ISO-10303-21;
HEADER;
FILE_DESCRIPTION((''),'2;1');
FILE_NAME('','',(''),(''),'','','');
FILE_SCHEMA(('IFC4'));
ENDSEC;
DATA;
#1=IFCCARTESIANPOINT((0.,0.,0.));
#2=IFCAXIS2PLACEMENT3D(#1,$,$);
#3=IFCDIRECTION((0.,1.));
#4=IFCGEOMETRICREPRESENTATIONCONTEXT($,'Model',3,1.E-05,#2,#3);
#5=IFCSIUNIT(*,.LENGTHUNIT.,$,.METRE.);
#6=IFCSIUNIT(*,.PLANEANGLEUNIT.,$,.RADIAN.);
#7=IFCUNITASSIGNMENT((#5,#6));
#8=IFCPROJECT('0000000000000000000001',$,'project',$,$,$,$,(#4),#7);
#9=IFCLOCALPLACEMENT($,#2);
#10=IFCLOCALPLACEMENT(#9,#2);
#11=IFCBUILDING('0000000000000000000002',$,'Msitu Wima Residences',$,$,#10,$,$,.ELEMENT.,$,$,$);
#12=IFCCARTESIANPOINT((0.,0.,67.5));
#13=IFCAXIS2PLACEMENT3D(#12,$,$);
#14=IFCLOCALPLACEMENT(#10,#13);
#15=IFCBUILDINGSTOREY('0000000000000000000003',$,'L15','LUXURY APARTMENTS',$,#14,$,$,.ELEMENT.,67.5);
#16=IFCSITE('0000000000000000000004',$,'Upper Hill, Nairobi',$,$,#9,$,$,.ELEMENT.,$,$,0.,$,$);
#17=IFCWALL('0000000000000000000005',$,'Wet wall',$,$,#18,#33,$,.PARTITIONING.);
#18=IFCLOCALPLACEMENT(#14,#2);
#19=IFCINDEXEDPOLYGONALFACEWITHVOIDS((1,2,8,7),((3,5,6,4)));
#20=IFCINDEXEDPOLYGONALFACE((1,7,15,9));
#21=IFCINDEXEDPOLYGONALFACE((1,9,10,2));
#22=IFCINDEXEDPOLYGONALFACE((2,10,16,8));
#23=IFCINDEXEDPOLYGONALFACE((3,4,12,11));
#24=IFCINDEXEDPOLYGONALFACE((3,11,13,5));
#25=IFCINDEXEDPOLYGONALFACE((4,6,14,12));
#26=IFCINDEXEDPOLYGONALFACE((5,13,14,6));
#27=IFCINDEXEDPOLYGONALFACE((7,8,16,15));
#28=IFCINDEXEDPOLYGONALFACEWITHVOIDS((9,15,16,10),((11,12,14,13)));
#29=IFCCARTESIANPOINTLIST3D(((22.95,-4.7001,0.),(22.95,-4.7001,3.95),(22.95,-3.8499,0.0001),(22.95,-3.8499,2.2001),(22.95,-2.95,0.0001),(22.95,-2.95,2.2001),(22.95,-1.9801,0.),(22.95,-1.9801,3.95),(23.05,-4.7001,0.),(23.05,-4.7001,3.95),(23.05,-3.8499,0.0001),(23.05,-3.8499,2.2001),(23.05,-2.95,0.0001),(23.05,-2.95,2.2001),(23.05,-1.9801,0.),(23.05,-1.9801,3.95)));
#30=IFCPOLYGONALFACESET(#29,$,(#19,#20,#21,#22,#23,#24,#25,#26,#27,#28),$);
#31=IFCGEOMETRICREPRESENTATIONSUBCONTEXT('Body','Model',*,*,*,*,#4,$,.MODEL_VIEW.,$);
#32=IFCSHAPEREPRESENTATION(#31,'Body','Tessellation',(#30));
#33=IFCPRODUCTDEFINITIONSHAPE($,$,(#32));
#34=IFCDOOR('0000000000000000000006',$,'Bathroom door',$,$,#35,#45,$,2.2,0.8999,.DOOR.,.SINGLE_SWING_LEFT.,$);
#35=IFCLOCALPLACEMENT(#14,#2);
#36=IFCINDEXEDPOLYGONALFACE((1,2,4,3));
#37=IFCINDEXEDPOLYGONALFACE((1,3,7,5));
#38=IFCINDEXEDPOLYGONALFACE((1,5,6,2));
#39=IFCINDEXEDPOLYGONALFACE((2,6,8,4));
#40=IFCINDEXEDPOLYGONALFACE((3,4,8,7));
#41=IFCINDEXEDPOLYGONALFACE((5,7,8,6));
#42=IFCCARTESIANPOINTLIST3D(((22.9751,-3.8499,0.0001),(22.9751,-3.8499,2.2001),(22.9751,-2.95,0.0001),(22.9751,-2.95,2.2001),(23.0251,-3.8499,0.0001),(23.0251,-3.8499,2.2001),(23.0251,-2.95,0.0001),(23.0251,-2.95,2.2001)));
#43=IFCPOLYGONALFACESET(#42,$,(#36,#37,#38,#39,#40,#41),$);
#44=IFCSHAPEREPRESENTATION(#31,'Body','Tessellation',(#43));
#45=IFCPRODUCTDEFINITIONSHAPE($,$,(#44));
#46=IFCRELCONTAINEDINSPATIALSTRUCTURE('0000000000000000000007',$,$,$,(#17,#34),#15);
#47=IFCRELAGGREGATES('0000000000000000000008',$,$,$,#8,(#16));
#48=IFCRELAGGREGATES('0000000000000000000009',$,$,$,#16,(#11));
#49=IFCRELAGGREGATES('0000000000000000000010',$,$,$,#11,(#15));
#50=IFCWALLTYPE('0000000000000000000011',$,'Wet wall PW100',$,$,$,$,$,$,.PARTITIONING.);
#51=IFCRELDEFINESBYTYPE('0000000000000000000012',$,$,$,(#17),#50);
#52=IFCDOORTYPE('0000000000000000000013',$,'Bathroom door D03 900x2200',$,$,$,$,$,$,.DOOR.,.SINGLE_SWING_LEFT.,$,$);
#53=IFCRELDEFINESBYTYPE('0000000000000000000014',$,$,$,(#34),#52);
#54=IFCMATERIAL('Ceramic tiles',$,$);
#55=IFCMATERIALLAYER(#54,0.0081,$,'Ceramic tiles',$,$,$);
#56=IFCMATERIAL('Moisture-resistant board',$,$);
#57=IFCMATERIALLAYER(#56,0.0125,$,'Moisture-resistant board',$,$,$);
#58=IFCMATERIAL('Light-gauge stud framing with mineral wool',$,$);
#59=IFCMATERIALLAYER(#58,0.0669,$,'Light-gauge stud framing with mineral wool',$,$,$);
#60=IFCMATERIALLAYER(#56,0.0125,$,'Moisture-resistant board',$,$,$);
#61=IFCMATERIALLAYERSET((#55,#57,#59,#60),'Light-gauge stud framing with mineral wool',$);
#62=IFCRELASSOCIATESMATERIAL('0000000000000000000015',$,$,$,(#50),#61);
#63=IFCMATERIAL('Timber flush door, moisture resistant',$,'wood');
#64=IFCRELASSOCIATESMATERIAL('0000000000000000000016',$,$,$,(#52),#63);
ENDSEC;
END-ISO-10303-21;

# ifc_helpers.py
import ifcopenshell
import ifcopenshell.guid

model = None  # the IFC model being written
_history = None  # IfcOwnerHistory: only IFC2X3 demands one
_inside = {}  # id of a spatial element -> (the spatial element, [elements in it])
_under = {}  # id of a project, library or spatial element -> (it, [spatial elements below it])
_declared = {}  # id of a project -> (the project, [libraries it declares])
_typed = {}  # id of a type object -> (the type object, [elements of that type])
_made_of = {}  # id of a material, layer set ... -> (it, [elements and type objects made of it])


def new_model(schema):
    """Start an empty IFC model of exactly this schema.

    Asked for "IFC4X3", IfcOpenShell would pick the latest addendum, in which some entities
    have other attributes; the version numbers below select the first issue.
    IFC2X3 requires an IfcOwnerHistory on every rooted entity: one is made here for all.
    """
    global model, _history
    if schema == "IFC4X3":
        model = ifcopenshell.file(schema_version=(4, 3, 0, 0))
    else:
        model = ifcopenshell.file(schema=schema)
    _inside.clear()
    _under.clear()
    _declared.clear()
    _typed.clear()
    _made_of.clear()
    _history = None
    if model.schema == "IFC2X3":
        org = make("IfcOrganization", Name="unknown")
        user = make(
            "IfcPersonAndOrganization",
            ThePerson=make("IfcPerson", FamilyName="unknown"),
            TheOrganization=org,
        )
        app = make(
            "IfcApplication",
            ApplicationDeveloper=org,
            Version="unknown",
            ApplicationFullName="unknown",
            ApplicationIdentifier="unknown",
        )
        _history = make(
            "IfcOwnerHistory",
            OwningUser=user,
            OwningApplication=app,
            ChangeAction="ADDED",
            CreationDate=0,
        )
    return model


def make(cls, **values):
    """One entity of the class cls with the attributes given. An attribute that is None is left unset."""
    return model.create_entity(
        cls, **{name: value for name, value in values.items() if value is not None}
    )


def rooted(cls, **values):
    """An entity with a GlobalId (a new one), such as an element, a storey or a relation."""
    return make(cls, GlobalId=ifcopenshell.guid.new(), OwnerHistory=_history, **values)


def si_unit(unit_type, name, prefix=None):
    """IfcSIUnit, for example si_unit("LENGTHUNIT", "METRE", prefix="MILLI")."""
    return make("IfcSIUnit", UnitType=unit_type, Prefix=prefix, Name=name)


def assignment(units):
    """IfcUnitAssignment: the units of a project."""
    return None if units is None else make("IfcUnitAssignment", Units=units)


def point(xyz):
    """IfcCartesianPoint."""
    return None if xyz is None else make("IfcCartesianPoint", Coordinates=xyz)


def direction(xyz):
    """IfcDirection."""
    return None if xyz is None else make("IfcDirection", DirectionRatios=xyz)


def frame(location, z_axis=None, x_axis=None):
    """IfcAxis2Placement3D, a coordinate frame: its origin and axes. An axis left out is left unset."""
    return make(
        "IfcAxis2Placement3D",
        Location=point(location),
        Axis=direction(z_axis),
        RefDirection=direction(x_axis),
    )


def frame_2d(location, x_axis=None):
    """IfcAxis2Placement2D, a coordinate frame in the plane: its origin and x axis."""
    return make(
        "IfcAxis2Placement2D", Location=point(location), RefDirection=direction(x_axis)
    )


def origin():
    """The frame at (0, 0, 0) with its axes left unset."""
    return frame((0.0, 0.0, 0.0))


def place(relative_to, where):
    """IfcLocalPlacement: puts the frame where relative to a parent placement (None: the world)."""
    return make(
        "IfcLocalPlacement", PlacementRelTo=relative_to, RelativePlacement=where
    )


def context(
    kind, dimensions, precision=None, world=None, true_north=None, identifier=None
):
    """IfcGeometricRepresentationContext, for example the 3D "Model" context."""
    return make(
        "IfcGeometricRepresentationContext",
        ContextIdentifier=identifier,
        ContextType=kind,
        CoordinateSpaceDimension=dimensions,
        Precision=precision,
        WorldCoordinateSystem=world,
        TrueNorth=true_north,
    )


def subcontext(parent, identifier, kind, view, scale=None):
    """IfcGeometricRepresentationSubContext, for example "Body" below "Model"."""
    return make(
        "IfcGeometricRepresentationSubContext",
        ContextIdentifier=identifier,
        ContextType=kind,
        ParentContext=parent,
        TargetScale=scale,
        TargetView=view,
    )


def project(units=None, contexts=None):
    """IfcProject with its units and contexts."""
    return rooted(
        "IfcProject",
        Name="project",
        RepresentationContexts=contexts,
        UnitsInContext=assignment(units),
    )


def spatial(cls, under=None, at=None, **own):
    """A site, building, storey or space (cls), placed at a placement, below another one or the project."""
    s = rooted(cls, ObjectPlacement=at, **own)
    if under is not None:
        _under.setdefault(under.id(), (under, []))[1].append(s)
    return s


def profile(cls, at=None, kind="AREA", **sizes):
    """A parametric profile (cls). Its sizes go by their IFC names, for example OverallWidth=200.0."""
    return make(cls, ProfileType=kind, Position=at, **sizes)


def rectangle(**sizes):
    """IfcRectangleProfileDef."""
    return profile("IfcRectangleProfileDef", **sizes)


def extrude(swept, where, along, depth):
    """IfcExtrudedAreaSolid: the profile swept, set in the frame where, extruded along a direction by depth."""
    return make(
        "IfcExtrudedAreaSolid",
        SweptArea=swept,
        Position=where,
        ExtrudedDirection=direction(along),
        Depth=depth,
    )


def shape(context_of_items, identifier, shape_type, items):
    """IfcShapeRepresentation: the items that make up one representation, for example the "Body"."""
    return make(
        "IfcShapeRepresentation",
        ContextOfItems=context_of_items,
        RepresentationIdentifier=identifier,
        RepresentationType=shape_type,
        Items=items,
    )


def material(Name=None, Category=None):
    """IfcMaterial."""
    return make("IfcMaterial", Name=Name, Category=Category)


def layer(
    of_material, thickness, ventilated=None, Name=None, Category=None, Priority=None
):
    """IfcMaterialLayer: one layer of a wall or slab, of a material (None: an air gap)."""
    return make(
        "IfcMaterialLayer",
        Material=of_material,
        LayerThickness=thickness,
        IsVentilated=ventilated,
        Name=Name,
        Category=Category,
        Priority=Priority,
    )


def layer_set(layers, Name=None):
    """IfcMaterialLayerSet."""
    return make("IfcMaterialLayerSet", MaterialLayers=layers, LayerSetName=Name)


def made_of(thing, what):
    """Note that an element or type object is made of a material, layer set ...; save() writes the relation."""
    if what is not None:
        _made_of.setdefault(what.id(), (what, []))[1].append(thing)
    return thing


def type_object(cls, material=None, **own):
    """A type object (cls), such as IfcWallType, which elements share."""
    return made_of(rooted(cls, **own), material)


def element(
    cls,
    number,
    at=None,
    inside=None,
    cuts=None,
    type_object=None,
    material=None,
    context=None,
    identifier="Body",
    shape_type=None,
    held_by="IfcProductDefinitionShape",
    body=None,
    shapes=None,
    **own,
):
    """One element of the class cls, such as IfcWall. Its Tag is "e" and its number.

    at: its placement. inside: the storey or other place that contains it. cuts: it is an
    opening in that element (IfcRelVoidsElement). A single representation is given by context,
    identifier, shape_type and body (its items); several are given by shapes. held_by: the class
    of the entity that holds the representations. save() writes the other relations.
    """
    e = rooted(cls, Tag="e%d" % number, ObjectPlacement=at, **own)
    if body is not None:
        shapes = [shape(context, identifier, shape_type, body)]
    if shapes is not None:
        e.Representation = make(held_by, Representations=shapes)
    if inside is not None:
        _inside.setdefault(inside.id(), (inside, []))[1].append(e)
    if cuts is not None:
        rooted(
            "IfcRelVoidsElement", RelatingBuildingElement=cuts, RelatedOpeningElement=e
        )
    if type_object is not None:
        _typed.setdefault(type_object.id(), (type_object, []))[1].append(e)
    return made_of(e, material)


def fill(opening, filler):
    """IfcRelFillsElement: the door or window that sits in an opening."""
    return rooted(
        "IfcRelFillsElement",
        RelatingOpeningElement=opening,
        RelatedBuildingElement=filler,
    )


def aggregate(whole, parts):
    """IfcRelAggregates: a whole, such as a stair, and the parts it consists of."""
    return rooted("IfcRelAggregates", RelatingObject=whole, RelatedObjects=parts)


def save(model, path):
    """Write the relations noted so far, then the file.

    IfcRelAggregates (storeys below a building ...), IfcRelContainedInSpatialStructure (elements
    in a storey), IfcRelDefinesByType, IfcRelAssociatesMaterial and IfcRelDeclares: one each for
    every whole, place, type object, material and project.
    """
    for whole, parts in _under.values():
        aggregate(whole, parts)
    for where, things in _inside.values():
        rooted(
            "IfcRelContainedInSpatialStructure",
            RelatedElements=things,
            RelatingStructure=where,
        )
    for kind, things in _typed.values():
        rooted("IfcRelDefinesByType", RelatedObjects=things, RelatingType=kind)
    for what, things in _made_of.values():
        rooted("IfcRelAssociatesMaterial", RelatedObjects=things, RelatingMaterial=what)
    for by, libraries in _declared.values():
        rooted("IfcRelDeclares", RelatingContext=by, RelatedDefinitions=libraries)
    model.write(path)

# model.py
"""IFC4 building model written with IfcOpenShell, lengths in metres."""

from ifc_helpers import new_model, si_unit, direction, frame, frame_2d, origin, place, context, subcontext, project, spatial, rectangle, extrude, material, layer, layer_set, type_object, element, fill, save


model = new_model("IFC4")

# Units and contexts
model_context = context("Model", 3, precision=1e-05, world=origin(), true_north=direction((0.0, 1.0)))
body_context = subcontext(model_context, "Body", "Model", "MODEL_VIEW")
ifc_project = project(units=[si_unit("LENGTHUNIT", "METRE"), si_unit("PLANEANGLEUNIT", "RADIAN")], contexts=[model_context])

# Site, building, storey
site_placement = place(None, origin())
site = spatial("IfcSite", under=ifc_project, at=site_placement, Name="Upper Hill, Nairobi", CompositionType="ELEMENT", RefElevation=0.0)
building_placement = place(site_placement, origin())
building = spatial("IfcBuilding", under=site, at=building_placement, Name="Msitu Wima Residences", CompositionType="ELEMENT")
storey_placement = place(building_placement, frame((0.0, 0.0, 67.5)))
storey = spatial("IfcBuildingStorey", under=building, at=storey_placement, Name="L15", Description="LUXURY APARTMENTS", CompositionType="ELEMENT", Elevation=67.5)

# Shared definitions
ifc_material_1 = material(Name="Ceramic tiles")
ifc_layer_1 = layer(ifc_material_1, 0.0081, Name="Ceramic tiles")
ifc_material_2 = material(Name="Moisture-resistant board")
ifc_layer_2 = layer(ifc_material_2, 0.0125, Name="Moisture-resistant board")
ifc_material_3 = material(Name="Light-gauge stud framing with mineral wool")
ifc_layer_3 = layer(ifc_material_3, 0.0669, Name="Light-gauge stud framing with mineral wool")
ifc_layer_4 = layer(ifc_material_2, 0.0125, Name="Moisture-resistant board")
ifc_layer_set_1 = layer_set([ifc_layer_1, ifc_layer_2, ifc_layer_3, ifc_layer_4], Name="Light-gauge stud framing with mineral wool")
wall_type_1 = type_object("IfcWallType", Name="Wet wall PW100", PredefinedType="PARTITIONING", material=ifc_layer_set_1)

# Wall, opening, door
wall_1_placement = place(storey_placement, frame((23.0, -4.7, 0.0), z_axis=(0.0, 0.0, 1.0), x_axis=(0.0, 1.0, 0.0)))
wall_1 = element("IfcWall", 1, at=wall_1_placement, inside=storey, type_object=wall_type_1, Name="Wet wall", PredefinedType="PARTITIONING", context=body_context, shape_type="SweptSolid", body=[
    extrude(rectangle(XDim=2.72, YDim=0.1001, at=frame_2d((1.3599, 0.0))), origin(), (0.0, 0.0, 1.0), 3.95),
])
opening_1_placement = place(wall_1_placement, frame((0.8501, 0.0, 0.0)))
opening_1 = element("IfcOpeningElement", 2, at=opening_1_placement, cuts=wall_1, PredefinedType="OPENING", context=body_context, shape_type="SweptSolid", body=[
    extrude(rectangle(XDim=0.8999, YDim=2.2, at=frame_2d((0.45, 1.1001))), frame((0.0, 0.0601, 0.0), z_axis=(0.0, -1.0, 0.0), x_axis=(1.0, 0.0, 0.0)), (0.0, 0.0, 1.0), 0.1201),
])
ifc_material_4 = material(Name="Timber flush door, moisture resistant", Category="wood")
door_type_1 = type_object("IfcDoorType", Name="Bathroom door D03 900x2200", OperationType="SINGLE_SWING_LEFT", PredefinedType="DOOR", material=ifc_material_4)
door_1_placement = place(opening_1_placement, origin())
door_1 = element("IfcDoor", 3, at=door_1_placement, inside=storey, type_object=door_type_1, Name="Bathroom door", OperationType="SINGLE_SWING_LEFT", OverallHeight=2.2, OverallWidth=0.8999, PredefinedType="DOOR", context=body_context, shape_type="SweptSolid", body=[
    extrude(rectangle(XDim=0.8999, YDim=2.2, at=frame_2d((0.45, 1.1001))), frame((0.0, 0.0249, 0.0), z_axis=(0.0, -1.0, 0.0), x_axis=(1.0, 0.0, 0.0)), (0.0, 0.0, 1.0), 0.05),
])
fill(opening_1, door_1)

save(model, "model.ifc")
